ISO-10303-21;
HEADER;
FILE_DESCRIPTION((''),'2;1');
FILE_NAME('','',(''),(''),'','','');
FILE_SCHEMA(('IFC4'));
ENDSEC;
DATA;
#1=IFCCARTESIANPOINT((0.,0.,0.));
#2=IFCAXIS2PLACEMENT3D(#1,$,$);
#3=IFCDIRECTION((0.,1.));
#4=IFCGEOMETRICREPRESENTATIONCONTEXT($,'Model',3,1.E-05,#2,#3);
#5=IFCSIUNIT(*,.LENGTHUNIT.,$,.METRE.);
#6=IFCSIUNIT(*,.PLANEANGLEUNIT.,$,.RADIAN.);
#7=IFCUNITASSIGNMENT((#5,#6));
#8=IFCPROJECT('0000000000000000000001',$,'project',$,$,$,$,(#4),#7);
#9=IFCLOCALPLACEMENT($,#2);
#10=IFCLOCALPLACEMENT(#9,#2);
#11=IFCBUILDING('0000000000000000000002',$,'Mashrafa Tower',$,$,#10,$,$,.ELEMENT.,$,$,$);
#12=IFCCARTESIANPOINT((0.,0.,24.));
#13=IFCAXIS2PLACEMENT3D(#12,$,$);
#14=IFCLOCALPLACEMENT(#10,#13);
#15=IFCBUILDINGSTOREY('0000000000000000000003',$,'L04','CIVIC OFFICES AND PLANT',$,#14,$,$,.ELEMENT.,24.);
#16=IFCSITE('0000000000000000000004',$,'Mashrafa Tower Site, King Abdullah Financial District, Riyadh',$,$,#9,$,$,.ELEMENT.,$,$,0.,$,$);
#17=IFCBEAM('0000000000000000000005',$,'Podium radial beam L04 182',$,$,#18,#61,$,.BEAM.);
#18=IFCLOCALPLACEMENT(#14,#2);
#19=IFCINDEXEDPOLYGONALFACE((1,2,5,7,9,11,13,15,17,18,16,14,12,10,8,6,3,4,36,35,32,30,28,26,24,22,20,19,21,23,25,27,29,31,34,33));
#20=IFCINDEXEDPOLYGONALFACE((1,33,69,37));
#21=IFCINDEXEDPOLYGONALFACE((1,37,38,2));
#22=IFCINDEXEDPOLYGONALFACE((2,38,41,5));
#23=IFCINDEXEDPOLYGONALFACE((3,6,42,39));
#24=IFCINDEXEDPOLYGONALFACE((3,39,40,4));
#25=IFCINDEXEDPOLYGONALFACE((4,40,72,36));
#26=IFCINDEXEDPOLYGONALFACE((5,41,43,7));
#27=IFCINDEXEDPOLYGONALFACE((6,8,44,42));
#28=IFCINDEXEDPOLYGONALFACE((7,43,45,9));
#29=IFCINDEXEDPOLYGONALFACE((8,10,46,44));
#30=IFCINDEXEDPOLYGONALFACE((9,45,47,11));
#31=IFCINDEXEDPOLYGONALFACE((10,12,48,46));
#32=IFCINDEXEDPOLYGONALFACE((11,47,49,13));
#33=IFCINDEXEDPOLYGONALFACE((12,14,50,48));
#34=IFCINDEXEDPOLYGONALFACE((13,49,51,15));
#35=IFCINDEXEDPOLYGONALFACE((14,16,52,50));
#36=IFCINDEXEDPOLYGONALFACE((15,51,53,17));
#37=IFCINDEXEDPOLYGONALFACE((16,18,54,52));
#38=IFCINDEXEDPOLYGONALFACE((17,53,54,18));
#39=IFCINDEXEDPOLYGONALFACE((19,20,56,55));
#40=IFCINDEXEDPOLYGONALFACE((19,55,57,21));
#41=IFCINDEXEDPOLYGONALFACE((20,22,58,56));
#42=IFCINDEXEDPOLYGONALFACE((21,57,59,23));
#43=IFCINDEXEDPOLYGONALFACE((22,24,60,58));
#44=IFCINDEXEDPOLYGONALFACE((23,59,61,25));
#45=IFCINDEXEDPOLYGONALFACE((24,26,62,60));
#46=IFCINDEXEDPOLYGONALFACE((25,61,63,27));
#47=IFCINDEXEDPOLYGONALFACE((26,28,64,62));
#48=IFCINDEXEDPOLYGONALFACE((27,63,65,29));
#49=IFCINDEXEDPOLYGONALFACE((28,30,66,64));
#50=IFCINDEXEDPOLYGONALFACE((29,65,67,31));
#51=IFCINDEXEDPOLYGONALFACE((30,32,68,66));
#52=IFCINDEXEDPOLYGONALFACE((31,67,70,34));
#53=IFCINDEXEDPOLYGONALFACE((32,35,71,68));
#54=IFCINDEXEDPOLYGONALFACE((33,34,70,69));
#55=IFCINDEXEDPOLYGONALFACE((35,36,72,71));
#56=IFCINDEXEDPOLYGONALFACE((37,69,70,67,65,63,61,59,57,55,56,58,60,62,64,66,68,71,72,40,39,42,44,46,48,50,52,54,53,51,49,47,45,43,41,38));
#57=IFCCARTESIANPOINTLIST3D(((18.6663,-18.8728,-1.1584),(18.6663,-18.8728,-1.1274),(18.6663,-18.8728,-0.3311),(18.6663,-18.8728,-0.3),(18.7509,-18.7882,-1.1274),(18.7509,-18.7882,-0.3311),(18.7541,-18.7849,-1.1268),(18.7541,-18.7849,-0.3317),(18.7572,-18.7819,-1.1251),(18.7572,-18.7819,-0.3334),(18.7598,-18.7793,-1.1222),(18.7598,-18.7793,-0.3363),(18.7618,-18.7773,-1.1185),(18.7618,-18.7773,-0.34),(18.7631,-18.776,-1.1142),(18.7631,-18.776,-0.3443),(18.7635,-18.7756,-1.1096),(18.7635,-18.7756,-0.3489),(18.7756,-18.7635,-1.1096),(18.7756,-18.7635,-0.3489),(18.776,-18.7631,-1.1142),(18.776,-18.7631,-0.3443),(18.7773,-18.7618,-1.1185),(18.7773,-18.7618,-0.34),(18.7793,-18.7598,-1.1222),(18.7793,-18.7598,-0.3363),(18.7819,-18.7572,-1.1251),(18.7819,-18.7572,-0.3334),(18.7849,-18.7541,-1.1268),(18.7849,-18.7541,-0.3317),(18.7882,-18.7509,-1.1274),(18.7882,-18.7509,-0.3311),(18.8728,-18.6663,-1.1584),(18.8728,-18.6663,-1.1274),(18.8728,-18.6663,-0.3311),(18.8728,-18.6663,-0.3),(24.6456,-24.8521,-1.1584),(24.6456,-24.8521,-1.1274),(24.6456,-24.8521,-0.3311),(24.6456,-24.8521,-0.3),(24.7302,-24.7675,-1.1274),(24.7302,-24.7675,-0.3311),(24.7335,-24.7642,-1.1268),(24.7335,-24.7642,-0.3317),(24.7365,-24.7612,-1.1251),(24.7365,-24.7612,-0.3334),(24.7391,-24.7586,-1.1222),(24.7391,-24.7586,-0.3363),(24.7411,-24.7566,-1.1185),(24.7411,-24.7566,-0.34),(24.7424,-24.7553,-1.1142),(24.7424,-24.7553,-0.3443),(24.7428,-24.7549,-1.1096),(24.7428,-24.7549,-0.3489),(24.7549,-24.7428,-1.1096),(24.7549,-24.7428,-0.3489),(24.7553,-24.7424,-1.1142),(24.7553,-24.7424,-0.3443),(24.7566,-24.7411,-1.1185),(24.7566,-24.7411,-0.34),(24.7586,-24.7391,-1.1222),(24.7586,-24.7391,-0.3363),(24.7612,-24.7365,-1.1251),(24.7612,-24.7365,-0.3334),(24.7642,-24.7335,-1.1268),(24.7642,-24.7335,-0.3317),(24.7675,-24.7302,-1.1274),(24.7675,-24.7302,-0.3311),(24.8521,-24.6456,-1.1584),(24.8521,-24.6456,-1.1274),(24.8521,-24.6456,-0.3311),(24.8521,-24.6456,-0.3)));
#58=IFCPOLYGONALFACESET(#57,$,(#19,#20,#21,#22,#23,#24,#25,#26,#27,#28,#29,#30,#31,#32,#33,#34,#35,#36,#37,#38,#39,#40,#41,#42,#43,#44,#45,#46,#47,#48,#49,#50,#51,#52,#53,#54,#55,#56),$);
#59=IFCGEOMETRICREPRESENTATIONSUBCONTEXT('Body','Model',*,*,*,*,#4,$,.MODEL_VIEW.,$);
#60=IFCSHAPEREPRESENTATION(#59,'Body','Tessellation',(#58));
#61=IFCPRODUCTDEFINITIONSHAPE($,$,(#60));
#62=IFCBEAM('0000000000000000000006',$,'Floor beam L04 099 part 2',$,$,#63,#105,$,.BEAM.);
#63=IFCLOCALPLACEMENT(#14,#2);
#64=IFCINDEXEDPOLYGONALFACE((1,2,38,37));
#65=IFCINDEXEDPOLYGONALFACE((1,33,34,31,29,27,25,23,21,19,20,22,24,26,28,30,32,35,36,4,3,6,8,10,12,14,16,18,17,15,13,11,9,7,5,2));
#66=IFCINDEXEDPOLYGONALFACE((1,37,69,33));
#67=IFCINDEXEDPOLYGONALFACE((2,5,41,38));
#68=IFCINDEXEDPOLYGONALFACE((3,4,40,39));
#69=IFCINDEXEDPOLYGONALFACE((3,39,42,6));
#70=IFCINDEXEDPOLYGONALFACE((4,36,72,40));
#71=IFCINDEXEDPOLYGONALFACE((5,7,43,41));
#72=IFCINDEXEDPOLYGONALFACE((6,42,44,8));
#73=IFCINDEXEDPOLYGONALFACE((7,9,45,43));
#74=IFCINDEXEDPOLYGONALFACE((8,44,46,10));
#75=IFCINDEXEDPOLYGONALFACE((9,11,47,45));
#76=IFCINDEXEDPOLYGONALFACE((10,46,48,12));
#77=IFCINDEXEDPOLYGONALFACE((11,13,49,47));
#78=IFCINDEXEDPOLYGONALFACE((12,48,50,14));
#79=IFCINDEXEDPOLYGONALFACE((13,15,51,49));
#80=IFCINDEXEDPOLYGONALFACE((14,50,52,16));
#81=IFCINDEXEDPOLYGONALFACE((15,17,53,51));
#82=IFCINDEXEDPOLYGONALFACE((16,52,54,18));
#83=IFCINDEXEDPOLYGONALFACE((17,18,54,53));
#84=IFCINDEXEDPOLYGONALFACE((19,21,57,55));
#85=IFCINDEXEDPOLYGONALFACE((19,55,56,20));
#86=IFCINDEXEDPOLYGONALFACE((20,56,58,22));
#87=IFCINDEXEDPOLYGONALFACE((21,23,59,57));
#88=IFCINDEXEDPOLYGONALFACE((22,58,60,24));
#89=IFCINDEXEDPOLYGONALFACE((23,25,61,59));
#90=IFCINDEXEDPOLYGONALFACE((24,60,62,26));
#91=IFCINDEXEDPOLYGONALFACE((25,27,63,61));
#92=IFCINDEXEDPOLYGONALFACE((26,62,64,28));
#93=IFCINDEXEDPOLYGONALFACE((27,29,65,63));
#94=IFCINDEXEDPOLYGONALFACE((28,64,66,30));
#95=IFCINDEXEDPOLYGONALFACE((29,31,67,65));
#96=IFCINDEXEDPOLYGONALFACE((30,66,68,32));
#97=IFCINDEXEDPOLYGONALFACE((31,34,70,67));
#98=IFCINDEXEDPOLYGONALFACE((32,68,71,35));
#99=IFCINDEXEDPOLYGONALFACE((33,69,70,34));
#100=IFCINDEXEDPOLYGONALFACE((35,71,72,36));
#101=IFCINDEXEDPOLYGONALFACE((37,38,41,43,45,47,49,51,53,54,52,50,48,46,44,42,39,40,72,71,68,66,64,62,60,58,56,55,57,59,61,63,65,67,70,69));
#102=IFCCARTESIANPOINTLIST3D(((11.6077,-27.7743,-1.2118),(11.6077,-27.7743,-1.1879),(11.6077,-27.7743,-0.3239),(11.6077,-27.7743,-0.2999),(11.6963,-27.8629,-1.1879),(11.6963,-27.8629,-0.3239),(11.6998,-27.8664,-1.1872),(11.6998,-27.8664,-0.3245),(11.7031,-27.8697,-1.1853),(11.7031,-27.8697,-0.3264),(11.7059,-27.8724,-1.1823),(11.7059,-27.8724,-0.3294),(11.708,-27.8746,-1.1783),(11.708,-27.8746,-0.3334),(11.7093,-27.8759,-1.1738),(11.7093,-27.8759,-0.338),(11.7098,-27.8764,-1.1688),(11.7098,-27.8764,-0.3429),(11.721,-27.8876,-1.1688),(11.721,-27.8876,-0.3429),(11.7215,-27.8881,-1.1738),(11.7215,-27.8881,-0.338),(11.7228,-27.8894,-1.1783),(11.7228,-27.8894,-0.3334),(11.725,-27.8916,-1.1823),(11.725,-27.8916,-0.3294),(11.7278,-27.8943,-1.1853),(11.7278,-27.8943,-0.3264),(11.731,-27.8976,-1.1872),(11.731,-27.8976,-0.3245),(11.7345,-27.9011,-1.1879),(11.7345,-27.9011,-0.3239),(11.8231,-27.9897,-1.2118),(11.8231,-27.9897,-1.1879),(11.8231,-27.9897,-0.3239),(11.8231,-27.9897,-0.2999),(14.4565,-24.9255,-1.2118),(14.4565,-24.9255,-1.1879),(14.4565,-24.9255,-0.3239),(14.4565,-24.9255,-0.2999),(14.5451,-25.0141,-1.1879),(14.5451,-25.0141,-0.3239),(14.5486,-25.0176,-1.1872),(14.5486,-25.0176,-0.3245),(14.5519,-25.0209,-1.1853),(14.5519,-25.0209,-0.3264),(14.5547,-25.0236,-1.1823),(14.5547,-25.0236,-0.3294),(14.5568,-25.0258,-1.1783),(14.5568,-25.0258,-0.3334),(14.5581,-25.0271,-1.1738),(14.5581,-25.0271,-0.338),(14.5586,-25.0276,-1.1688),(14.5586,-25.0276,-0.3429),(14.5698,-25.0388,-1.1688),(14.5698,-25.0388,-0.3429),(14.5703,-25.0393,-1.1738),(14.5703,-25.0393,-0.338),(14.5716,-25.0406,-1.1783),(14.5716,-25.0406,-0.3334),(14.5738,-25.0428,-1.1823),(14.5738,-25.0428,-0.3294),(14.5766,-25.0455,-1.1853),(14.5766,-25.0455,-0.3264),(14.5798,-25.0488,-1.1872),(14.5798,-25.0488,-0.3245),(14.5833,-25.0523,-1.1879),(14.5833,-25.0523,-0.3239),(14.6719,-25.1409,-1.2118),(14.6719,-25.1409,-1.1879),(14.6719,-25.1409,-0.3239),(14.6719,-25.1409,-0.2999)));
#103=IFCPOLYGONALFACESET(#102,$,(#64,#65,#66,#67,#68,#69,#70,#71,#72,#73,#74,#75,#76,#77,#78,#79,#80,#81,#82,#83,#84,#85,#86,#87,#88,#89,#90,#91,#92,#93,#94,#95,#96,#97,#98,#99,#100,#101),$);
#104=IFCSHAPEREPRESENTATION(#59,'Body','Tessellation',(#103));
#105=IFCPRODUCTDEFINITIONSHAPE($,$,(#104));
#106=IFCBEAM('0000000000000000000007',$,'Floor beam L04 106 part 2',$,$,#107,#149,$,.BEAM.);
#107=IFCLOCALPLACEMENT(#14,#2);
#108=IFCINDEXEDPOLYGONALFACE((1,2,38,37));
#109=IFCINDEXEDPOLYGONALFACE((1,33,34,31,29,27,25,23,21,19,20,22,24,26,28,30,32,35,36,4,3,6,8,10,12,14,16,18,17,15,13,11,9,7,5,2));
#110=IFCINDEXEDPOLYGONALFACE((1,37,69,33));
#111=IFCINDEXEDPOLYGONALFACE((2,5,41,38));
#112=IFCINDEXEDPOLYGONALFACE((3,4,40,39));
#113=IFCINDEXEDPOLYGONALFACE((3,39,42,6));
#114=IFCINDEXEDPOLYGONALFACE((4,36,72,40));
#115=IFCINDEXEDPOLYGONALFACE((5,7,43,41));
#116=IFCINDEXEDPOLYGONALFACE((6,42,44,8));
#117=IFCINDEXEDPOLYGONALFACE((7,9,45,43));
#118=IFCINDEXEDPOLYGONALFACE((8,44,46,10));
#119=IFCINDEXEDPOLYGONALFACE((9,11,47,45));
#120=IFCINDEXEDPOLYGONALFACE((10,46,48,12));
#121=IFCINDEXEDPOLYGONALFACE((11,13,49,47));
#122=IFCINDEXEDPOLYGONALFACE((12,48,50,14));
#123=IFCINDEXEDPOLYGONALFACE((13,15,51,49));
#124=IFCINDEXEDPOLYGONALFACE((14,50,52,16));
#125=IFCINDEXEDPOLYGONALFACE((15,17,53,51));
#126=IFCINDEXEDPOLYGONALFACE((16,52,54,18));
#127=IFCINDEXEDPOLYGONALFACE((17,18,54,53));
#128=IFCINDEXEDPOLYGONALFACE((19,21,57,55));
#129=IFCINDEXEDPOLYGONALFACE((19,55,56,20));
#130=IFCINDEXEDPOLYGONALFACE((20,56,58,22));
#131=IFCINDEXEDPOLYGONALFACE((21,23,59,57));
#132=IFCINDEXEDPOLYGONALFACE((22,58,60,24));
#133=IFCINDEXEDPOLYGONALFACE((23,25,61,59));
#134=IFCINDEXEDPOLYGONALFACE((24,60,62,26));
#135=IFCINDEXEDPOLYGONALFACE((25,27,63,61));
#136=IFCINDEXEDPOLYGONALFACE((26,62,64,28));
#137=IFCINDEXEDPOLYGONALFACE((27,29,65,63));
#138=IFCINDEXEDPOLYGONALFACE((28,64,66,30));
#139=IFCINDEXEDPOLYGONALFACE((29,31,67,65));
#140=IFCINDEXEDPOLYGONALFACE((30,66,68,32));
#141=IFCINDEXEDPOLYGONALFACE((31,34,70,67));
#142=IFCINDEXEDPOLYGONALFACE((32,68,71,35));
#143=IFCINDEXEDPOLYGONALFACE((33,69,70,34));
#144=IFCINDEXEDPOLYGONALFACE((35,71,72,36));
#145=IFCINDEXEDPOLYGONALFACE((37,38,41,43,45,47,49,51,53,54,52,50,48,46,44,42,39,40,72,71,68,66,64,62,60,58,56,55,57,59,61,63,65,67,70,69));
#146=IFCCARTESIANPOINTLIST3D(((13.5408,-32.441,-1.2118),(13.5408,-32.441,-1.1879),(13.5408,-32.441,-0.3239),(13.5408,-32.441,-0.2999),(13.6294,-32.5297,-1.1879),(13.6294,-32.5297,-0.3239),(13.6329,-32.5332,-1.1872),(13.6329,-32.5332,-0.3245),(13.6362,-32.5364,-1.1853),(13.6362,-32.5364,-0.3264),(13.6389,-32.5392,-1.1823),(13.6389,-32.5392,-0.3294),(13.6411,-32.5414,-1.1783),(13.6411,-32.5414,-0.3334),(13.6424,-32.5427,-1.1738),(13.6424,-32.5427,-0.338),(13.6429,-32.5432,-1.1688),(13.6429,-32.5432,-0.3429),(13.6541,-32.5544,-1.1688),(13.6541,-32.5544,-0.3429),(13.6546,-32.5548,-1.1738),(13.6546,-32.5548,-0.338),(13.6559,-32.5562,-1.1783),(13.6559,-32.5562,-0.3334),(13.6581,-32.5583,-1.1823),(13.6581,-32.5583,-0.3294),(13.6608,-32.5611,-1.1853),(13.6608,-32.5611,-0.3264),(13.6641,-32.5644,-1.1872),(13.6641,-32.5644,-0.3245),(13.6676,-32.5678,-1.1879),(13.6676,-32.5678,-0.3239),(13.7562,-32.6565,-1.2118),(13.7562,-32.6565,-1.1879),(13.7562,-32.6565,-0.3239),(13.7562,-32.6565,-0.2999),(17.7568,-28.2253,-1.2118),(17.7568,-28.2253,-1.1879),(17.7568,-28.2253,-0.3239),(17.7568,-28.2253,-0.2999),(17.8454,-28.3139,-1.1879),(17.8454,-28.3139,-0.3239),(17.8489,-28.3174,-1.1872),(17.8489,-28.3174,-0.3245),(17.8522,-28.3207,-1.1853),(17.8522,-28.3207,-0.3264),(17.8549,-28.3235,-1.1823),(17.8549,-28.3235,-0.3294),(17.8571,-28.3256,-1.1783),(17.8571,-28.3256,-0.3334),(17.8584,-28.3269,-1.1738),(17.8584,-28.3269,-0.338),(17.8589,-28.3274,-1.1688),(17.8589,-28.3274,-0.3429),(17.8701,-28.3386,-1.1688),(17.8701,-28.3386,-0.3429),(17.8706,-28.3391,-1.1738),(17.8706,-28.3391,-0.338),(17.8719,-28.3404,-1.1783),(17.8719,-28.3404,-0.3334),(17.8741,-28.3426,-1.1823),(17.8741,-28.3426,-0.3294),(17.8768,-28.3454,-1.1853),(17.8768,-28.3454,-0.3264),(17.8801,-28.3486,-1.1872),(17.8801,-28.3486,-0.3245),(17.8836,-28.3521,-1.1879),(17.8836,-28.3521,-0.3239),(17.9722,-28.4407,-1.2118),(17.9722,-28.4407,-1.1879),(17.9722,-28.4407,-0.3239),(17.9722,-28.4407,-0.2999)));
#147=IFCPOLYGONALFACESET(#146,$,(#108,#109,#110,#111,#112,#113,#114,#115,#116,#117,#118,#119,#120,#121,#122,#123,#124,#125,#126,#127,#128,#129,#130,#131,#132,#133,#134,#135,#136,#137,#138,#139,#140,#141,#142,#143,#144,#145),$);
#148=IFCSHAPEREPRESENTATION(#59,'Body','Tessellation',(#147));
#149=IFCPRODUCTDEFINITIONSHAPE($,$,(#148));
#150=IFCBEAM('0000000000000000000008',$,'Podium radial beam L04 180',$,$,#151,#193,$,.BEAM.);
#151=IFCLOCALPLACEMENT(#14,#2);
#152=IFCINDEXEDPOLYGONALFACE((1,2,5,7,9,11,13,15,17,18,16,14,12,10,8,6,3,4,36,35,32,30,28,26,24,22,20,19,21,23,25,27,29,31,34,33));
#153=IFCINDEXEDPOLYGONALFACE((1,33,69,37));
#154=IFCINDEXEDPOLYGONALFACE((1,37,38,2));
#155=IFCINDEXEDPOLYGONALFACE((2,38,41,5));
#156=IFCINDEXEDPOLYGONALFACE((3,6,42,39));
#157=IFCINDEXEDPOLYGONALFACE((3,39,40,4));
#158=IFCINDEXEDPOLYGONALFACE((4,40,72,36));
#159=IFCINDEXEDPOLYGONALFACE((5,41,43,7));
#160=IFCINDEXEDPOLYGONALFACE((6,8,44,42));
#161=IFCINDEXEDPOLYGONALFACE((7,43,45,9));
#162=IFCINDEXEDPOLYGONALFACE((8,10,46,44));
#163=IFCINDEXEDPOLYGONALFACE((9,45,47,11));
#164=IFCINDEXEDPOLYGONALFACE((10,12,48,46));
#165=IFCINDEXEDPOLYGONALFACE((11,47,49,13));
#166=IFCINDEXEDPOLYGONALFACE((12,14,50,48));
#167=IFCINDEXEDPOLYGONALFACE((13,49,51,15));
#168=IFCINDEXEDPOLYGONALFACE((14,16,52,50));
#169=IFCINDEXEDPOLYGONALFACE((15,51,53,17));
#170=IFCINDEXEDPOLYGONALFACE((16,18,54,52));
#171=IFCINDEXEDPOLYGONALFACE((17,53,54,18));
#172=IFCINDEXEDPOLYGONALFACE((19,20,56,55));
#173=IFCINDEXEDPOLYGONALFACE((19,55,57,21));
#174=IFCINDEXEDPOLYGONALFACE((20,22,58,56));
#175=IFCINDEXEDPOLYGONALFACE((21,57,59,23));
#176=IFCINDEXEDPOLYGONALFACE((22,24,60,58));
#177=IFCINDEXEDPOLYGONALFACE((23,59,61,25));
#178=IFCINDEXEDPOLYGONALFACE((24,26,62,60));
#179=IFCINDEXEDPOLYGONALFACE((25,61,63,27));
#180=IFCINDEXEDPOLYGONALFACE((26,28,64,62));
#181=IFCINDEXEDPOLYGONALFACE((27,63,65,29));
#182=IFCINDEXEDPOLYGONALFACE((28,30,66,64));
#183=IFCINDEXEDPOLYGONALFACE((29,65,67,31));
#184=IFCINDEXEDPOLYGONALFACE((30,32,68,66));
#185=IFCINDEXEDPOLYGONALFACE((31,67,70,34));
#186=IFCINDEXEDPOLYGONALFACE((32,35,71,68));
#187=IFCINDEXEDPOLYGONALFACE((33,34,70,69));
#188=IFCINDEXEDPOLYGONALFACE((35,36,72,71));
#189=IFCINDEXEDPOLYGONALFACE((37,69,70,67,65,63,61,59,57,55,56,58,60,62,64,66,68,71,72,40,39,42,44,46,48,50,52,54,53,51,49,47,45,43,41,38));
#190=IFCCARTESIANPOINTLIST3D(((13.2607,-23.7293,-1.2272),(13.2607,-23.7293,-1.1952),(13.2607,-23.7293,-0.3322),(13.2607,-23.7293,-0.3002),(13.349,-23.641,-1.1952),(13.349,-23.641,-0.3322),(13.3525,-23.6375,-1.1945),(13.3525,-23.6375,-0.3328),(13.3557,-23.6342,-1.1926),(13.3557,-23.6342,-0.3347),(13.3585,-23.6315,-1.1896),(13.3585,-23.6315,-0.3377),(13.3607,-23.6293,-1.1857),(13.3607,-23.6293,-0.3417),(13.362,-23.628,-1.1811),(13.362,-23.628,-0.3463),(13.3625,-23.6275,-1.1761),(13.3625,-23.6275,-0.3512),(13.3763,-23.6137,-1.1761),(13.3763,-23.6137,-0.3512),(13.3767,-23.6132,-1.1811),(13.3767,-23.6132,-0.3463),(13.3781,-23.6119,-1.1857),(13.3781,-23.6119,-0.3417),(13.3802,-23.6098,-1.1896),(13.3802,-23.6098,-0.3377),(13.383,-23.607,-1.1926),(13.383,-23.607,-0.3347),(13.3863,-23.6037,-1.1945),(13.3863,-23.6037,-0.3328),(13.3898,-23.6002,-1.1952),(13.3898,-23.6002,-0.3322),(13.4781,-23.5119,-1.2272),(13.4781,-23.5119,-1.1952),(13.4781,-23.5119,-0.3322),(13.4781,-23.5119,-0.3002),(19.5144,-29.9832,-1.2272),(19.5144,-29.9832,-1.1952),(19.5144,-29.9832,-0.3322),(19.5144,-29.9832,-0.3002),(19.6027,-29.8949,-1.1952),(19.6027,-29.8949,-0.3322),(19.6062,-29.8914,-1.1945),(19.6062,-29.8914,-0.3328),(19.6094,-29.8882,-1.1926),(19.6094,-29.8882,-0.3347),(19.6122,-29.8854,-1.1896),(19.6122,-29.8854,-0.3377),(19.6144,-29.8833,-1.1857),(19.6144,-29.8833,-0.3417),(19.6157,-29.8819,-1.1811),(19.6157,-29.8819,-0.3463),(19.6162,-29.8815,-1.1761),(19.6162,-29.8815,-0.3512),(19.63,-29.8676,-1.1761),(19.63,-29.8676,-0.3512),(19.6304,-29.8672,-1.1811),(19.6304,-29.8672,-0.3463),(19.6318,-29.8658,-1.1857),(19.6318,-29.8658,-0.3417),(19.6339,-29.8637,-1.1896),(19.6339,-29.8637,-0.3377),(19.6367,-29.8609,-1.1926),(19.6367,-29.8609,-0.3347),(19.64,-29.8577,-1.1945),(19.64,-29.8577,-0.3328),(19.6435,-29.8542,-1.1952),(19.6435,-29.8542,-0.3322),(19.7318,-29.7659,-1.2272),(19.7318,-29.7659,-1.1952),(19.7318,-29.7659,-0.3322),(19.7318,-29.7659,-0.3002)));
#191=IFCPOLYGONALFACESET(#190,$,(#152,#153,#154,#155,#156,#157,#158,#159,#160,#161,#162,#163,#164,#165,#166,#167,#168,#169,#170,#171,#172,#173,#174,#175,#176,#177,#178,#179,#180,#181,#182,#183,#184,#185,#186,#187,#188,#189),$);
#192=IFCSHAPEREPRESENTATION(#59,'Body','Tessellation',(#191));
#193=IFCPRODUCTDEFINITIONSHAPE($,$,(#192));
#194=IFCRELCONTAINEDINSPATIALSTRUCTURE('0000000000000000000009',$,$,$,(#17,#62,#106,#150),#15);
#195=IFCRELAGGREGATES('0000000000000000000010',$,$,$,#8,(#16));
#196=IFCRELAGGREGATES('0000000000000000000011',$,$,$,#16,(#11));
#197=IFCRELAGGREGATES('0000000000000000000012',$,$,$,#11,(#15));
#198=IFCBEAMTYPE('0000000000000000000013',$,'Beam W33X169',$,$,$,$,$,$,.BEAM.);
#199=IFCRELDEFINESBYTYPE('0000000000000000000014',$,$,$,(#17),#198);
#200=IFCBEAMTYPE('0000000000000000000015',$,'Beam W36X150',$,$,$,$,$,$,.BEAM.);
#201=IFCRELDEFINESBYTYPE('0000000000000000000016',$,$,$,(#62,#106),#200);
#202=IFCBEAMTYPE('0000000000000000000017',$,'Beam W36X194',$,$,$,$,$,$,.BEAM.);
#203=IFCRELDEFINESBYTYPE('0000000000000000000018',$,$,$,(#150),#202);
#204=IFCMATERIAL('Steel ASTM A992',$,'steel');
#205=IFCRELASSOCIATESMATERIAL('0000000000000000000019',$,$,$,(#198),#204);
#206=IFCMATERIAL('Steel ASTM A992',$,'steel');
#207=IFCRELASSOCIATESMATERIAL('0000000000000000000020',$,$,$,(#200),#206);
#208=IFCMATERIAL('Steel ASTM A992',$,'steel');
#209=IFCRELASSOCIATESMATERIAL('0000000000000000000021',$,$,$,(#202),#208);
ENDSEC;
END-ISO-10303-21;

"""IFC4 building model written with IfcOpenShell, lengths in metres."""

from ifc_helpers import new_model, si_unit, direction, frame, origin, origin_2d, place, context, subcontext, project, spatial, i_section, extrude, material, material_profile, profile_set, type_object, element, save


model = new_model("IFC4")

# Units and contexts
model_context = context("Model", 3, precision=1e-05, world=origin(), true_north=direction((0.0, 1.0)))
body_context = subcontext(model_context, "Body", "Model", "MODEL_VIEW")
ifc_project = project(units=[si_unit("LENGTHUNIT", "METRE"), si_unit("PLANEANGLEUNIT", "RADIAN")], contexts=[model_context])

# Site, building, storey
site_placement = place(None, origin())
site = spatial("IfcSite", under=ifc_project, at=site_placement, Name="Mashrafa Tower Site, King Abdullah Financial District, Riyadh", CompositionType="ELEMENT", RefElevation=0.0)
building_placement = place(site_placement, origin())
building = spatial("IfcBuilding", under=site, at=building_placement, Name="Mashrafa Tower", CompositionType="ELEMENT")
storey_placement = place(building_placement, frame((0.0, 0.0, 24.0)))
storey = spatial("IfcBuildingStorey", under=building, at=storey_placement, Name="L04", Description="CIVIC OFFICES AND PLANT", CompositionType="ELEMENT", Elevation=24.0)

# Beams
ifc_material_1 = material(Name="Steel ASTM A992", Category="steel")
ifc_material_profile_1 = material_profile(ifc_material_1, i_section(OverallWidth=0.292, OverallDepth=0.8584, WebThickness=0.0171, FlangeThickness=0.031, FilletRadius=0.0178, at=origin_2d()), Name="W33X169")
ifc_profile_set_1 = profile_set([ifc_material_profile_1], Name="Steel ASTM A992")
beam_type_1 = type_object("IfcBeamType", Name="Beam W33X169", PredefinedType="BEAM", material=ifc_profile_set_1)
beam_1_placement = place(storey_placement, frame((18.7695, -18.7695, -0.7292), z_axis=(0.707107, -0.707107, 0.0), x_axis=(0.707107, 0.707107, 0.0)))
element("IfcBeam", 1, at=beam_1_placement, inside=storey, type_object=beam_type_1, Name="Podium radial beam L04 182", PredefinedType="BEAM", context=body_context, shape_type="SweptSolid", body=[
    extrude(i_section(OverallWidth=0.292, OverallDepth=0.8584, WebThickness=0.0171, FlangeThickness=0.031, FilletRadius=0.0178, at=origin_2d()), origin(), (0.0, 0.0, 1.0), 8.4561),
])
ifc_material_2 = material(Name="Steel ASTM A992", Category="steel")
ifc_material_profile_2 = material_profile(ifc_material_2, i_section(OverallWidth=0.3047, OverallDepth=0.9119, WebThickness=0.0159, FlangeThickness=0.0239, FilletRadius=0.019, at=origin_2d()), Name="W36X150")
ifc_profile_set_2 = profile_set([ifc_material_profile_2], Name="Steel ASTM A992")
beam_type_2 = type_object("IfcBeamType", Name="Beam W36X150", PredefinedType="BEAM", material=ifc_profile_set_2)
beam_2_placement = place(storey_placement, frame((14.5642, -25.0332, -0.7559), z_axis=(-0.707107, -0.707107, 0.0), x_axis=(0.707107, -0.707107, 0.0)))
element("IfcBeam", 2, at=beam_2_placement, inside=storey, type_object=beam_type_2, Name="Floor beam L04 099 part 2", PredefinedType="BEAM", context=body_context, shape_type="SweptSolid", body=[
    extrude(i_section(OverallWidth=0.3047, OverallDepth=0.9119, WebThickness=0.0159, FlangeThickness=0.0239, FilletRadius=0.019, at=origin_2d()), origin(), (0.0, 0.0, 1.0), 4.0288),
])
beam_3_placement = place(storey_placement, frame((17.8645, -28.333, -0.7559), z_axis=(-0.707127, -0.707086, 0.0), x_axis=(0.707086, -0.707127, 0.0)))
element("IfcBeam", 3, at=beam_3_placement, inside=storey, type_object=beam_type_2, Name="Floor beam L04 106 part 2", PredefinedType="BEAM", context=body_context, shape_type="SweptSolid", body=[
    extrude(i_section(OverallWidth=0.3047, OverallDepth=0.9119, WebThickness=0.0159, FlangeThickness=0.0239, FilletRadius=0.019, at=origin_2d()), origin(), (0.0, 0.0, 1.0), 5.9622),
])
ifc_material_3 = material(Name="Steel ASTM A992", Category="steel")
ifc_material_profile_3 = material_profile(ifc_material_3, i_section(OverallWidth=0.3074, OverallDepth=0.927, WebThickness=0.0195, FlangeThickness=0.032, FilletRadius=0.019, at=origin_2d()), Name="W36X194")
ifc_profile_set_3 = profile_set([ifc_material_profile_3], Name="Steel ASTM A992")
beam_type_3 = type_object("IfcBeamType", Name="Beam W36X194", PredefinedType="BEAM", material=ifc_profile_set_3)
beam_4_placement = place(storey_placement, frame((13.3694, -23.6206, -0.7637), z_axis=(0.707093, -0.707121, 0.0), x_axis=(0.707121, 0.707093, 0.0)))
element("IfcBeam", 4, at=beam_4_placement, inside=storey, type_object=beam_type_3, Name="Podium radial beam L04 180", PredefinedType="BEAM", context=body_context, shape_type="SweptSolid", body=[
    extrude(i_section(OverallWidth=0.3074, OverallDepth=0.927, WebThickness=0.0195, FlangeThickness=0.032, FilletRadius=0.019, at=origin_2d()), origin(), (0.0, 0.0, 1.0), 8.8442),
])

save(model, "model.ifc")
